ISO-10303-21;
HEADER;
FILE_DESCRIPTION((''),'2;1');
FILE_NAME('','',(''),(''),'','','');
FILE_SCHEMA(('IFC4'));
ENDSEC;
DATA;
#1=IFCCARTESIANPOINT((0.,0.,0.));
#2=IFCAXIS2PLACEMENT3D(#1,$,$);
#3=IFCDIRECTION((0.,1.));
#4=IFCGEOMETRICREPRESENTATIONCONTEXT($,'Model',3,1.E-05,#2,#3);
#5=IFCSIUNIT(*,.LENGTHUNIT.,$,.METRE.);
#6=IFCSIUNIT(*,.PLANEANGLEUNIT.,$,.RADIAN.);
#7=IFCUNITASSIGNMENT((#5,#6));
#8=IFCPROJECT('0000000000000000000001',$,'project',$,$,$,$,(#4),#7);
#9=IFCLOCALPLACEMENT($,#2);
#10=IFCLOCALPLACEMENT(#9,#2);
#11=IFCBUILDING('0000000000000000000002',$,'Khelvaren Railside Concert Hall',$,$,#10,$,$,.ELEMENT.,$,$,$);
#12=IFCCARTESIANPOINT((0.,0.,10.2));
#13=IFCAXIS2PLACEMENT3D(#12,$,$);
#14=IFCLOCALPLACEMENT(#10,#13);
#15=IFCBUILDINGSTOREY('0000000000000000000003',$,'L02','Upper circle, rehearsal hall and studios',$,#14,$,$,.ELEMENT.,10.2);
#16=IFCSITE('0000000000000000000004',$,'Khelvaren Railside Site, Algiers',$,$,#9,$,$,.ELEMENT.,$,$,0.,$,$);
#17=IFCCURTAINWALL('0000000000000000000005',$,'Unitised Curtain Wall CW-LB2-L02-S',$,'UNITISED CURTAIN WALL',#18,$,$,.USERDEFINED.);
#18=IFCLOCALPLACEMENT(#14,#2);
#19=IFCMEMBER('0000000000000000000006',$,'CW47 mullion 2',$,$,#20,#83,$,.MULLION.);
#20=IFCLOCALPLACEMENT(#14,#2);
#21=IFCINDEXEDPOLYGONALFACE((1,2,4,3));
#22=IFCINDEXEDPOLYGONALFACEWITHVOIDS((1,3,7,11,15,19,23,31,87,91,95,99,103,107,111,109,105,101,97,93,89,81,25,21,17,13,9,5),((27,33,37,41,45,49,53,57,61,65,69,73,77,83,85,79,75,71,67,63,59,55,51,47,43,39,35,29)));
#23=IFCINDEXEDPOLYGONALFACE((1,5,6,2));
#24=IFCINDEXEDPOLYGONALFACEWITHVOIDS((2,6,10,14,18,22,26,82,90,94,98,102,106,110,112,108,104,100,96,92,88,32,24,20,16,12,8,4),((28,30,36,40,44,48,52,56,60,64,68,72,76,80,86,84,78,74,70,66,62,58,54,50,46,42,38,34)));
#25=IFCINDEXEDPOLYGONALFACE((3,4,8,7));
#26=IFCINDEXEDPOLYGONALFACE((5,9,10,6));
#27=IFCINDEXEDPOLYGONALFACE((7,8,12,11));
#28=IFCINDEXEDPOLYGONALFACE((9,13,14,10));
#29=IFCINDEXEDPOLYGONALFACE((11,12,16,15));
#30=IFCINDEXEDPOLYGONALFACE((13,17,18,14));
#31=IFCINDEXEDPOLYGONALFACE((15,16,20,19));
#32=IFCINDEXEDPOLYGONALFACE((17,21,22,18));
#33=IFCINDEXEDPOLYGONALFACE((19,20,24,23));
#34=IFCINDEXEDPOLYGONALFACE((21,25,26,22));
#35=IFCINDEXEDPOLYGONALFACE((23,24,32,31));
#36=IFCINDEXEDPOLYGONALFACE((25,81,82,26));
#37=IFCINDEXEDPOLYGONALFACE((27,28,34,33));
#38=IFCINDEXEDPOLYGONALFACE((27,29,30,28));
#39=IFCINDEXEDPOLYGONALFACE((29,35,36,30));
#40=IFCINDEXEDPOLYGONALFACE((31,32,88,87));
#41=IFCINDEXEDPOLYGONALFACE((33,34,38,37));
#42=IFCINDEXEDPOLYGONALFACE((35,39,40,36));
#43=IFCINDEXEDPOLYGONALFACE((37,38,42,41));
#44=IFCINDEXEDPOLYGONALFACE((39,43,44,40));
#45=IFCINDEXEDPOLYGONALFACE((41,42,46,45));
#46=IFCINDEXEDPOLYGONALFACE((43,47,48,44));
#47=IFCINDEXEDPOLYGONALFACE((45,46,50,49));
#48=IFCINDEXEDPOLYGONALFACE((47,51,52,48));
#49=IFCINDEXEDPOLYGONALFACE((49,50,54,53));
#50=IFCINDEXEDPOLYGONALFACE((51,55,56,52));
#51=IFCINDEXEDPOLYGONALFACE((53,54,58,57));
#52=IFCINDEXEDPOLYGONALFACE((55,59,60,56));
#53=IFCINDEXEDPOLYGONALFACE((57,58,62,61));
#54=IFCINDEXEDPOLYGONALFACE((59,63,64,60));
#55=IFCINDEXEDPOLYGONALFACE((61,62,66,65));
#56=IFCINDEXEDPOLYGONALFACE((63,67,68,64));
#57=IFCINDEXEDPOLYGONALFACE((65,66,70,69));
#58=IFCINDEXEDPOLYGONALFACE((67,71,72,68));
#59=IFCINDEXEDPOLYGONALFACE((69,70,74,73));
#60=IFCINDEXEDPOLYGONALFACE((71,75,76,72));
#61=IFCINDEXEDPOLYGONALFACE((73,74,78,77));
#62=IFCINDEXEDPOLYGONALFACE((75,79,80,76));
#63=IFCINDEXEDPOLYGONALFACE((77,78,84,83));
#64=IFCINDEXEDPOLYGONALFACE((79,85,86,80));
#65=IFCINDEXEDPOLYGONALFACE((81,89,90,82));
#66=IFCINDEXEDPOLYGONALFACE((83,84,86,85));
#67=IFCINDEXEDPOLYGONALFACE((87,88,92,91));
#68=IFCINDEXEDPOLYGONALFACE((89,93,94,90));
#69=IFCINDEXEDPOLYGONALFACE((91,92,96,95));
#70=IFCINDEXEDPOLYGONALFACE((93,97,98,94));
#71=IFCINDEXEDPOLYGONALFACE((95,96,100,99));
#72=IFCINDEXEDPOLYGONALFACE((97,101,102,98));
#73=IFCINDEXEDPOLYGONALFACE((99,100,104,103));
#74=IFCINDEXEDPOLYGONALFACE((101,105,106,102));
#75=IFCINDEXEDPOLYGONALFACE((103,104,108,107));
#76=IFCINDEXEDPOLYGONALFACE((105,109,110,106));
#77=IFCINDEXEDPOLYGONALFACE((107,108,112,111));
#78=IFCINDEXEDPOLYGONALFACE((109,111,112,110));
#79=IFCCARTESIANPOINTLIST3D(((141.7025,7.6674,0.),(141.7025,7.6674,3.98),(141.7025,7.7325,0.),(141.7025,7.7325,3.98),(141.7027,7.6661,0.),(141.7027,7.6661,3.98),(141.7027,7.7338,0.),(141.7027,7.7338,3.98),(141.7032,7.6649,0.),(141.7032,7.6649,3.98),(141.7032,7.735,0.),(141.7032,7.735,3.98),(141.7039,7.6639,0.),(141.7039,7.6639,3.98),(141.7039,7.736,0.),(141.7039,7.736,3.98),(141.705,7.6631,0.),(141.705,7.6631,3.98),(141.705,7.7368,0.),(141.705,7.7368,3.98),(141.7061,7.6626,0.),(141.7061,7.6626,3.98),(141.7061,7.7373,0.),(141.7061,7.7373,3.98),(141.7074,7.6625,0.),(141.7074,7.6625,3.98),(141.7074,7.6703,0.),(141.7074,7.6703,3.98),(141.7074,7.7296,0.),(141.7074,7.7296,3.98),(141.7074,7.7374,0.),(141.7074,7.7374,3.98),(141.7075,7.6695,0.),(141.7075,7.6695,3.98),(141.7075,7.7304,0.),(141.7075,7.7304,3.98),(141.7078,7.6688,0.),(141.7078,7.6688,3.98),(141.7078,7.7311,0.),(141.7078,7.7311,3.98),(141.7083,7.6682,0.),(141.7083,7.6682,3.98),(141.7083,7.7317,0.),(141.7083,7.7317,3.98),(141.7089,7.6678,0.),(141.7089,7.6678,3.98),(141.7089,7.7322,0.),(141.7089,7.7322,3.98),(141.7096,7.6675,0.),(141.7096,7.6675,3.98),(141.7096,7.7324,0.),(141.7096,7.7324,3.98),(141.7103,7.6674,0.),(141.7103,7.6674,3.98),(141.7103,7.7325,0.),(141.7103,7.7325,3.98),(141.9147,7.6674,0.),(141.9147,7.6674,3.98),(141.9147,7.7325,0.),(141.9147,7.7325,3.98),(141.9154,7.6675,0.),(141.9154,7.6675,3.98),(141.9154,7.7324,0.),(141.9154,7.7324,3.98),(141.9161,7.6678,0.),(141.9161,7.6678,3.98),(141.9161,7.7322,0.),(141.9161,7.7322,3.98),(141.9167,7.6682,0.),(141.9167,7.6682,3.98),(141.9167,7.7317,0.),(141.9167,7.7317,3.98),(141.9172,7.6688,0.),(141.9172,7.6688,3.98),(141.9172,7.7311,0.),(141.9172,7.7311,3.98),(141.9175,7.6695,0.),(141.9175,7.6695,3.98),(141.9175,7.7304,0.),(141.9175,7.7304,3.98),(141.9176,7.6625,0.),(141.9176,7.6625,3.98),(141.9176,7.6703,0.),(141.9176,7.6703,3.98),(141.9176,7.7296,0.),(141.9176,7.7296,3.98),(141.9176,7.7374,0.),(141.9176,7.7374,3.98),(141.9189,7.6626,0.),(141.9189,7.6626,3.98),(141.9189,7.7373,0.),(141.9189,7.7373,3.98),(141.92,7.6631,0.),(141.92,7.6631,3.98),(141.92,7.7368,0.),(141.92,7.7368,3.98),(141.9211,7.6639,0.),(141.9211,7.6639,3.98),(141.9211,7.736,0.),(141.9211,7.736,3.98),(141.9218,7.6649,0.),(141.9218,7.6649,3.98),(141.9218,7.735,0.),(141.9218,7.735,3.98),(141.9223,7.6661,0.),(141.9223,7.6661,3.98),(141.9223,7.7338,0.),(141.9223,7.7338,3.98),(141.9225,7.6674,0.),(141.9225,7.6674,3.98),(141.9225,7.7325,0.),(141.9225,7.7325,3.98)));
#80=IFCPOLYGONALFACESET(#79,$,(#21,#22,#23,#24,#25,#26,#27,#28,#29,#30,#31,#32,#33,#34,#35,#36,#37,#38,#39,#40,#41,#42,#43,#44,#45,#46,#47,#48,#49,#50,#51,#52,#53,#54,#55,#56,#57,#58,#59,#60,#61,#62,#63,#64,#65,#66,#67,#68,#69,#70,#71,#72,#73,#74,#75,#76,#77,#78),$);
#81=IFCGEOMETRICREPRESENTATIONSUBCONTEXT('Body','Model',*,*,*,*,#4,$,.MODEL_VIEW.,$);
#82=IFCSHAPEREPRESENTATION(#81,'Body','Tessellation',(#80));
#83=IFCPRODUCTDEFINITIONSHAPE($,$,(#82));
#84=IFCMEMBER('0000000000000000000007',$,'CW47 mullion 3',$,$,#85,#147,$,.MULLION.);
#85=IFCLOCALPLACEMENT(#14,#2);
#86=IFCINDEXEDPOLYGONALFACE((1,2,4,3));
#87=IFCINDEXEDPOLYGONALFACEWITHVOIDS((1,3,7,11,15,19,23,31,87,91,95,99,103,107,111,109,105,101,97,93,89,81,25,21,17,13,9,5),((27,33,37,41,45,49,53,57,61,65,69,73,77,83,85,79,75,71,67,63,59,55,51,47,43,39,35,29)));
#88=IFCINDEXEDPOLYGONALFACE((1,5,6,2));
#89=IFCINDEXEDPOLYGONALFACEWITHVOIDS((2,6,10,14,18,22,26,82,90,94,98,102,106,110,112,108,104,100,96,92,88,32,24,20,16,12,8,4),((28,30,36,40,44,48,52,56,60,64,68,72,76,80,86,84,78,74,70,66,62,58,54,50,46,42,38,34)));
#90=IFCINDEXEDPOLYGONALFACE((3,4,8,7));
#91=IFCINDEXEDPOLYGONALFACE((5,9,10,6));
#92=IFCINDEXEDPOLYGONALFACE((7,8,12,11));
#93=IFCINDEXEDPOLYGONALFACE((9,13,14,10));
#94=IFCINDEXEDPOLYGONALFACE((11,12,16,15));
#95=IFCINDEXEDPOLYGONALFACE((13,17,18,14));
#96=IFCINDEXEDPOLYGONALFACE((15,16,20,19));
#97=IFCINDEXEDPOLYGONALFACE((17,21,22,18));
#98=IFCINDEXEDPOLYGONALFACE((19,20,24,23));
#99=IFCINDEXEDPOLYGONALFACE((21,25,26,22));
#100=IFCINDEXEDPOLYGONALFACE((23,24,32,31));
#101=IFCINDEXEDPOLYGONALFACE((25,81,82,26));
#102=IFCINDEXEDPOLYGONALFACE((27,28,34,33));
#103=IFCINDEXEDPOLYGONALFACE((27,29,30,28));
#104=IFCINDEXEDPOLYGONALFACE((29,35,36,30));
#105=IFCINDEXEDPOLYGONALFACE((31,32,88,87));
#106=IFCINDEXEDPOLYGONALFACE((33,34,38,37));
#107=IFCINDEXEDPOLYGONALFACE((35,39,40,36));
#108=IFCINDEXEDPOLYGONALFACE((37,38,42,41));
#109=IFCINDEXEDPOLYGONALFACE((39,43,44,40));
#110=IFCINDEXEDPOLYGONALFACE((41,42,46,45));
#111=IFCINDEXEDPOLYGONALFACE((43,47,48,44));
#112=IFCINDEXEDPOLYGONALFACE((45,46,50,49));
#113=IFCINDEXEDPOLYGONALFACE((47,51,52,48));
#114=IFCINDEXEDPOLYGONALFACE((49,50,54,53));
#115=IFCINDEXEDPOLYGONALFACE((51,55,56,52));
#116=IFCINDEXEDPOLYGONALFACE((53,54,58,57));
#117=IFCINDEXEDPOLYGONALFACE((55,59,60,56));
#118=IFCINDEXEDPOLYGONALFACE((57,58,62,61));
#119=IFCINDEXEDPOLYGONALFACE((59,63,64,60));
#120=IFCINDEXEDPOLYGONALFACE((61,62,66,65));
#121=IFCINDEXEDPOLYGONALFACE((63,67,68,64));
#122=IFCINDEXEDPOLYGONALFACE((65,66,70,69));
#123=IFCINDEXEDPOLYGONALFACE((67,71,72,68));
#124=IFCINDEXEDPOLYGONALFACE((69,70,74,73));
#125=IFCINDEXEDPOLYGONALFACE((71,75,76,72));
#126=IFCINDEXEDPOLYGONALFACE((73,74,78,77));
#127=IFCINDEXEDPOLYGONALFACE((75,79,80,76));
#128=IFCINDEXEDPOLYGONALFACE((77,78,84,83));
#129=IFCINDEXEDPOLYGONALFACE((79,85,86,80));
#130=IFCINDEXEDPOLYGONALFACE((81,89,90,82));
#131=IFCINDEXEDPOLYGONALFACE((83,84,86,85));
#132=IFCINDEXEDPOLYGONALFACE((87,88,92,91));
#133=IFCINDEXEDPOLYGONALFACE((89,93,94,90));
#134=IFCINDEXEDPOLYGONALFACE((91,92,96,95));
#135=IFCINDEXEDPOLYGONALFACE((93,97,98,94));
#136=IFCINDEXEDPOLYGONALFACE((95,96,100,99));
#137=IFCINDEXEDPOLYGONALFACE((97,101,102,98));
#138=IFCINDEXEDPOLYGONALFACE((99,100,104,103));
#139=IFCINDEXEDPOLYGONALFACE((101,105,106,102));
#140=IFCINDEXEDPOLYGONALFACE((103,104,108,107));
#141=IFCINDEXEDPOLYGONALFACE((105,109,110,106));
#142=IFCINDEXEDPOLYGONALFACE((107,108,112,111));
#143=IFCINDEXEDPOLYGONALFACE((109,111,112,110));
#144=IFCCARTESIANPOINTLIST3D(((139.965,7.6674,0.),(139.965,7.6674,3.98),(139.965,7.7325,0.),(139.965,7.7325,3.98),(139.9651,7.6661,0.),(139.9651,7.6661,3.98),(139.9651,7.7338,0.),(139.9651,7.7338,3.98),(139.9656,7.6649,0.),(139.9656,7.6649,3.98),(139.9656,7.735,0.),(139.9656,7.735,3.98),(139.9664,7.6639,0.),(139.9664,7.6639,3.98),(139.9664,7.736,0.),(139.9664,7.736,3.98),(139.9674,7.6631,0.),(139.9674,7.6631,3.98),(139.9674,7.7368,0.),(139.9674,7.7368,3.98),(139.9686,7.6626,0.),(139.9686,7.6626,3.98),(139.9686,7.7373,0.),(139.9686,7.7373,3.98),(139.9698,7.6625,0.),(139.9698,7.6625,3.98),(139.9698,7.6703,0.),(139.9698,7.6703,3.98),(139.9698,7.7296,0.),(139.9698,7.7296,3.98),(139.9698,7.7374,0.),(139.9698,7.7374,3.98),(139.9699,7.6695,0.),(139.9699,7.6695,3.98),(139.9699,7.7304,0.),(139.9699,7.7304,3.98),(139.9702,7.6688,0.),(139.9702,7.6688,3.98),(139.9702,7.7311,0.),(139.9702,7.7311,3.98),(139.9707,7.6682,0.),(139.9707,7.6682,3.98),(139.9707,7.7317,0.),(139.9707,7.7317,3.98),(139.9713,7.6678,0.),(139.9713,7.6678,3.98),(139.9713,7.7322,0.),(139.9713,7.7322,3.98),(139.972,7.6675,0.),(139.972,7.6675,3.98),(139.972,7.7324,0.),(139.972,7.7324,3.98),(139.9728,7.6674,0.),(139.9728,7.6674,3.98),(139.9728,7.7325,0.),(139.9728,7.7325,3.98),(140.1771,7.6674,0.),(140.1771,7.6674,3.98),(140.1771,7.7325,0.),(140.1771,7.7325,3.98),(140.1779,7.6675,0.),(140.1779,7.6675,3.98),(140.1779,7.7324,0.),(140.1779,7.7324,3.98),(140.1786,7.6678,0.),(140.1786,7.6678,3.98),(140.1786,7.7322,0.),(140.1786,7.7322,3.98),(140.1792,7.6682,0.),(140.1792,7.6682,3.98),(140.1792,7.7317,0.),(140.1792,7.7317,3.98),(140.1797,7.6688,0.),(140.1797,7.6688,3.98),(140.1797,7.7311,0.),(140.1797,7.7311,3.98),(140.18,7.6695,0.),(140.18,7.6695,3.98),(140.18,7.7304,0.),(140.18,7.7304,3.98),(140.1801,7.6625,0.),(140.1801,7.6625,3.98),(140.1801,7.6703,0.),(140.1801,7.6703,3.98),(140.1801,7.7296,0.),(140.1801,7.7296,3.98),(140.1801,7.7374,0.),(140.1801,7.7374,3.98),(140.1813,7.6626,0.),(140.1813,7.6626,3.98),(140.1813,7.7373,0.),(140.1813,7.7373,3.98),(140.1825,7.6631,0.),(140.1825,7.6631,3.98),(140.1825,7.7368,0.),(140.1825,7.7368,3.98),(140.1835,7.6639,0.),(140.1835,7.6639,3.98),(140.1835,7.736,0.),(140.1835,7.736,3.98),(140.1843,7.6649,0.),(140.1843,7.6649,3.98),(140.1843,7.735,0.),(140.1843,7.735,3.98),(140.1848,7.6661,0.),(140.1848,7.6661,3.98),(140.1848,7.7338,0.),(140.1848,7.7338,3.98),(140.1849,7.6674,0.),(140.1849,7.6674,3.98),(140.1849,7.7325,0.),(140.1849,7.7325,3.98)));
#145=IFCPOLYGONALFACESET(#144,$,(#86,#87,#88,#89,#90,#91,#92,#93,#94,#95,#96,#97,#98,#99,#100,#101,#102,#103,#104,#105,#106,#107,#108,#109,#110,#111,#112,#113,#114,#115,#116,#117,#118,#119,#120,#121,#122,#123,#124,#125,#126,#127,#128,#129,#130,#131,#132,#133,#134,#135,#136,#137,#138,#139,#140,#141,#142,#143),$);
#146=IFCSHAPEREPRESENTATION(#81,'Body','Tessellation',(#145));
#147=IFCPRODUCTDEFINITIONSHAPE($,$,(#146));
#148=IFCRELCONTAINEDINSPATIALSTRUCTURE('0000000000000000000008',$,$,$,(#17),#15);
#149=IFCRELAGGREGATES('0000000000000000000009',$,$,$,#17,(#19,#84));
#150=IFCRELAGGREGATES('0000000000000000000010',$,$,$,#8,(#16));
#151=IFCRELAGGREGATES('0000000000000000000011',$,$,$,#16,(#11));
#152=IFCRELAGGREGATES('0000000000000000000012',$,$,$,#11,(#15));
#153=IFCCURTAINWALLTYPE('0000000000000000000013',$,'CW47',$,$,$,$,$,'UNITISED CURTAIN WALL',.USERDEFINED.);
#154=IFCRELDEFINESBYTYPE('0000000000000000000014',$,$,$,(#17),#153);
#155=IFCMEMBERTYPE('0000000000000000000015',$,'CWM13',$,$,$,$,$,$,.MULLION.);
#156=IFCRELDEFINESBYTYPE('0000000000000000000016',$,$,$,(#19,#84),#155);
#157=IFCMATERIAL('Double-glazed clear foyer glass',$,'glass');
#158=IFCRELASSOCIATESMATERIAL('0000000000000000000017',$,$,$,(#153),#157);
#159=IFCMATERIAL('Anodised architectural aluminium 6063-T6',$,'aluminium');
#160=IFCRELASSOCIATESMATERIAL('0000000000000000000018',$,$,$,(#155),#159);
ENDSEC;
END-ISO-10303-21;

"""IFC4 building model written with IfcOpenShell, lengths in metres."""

from ifc_helpers import new_model, si_unit, direction, frame, origin, origin_2d, place, context, subcontext, project, spatial, hollow_rectangle, extrude, material, material_profile, profile_set, type_object, element, aggregate, save


model = new_model("IFC4")

# Units and contexts
model_context = context("Model", 3, precision=1e-05, world=origin(), true_north=direction((0.0, 1.0)))
body_context = subcontext(model_context, "Body", "Model", "MODEL_VIEW")
ifc_project = project(units=[si_unit("LENGTHUNIT", "METRE"), si_unit("PLANEANGLEUNIT", "RADIAN")], contexts=[model_context])

# Site, building, storey
site_placement = place(None, origin())
site = spatial("IfcSite", under=ifc_project, at=site_placement, Name="Khelvaren Railside Site, Algiers", CompositionType="ELEMENT", RefElevation=0.0)
building_placement = place(site_placement, origin())
building = spatial("IfcBuilding", under=site, at=building_placement, Name="Khelvaren Railside Concert Hall", CompositionType="ELEMENT")
storey_placement = place(building_placement, frame((0.0, 0.0, 10.2)))
storey = spatial("IfcBuildingStorey", under=building, at=storey_placement, Name="L02", Description="Upper circle, rehearsal hall and studios", CompositionType="ELEMENT", Elevation=10.2)

# Curtain wall, members
ifc_material_1 = material(Name="Double-glazed clear foyer glass", Category="glass")
curtain_wall_type = type_object("IfcCurtainWallType", Name="CW47", ElementType="UNITISED CURTAIN WALL", PredefinedType="USERDEFINED", material=ifc_material_1)
curtain_wall_1_placement = place(storey_placement, origin())
curtain_wall_1 = element("IfcCurtainWall", 1, at=curtain_wall_1_placement, inside=storey, type_object=curtain_wall_type, Name="Unitised Curtain Wall CW-LB2-L02-S", ObjectType="UNITISED CURTAIN WALL", PredefinedType="USERDEFINED")
ifc_material_2 = material(Name="Anodised architectural aluminium 6063-T6", Category="aluminium")
ifc_material_profile_1 = material_profile(ifc_material_2, hollow_rectangle(XDim=0.075, YDim=0.22, WallThickness=0.0049, InnerFilletRadius=0.0029, OuterFilletRadius=0.0049, at=origin_2d()), Name="CWM 75x220x5")
ifc_profile_set_1 = profile_set([ifc_material_profile_1], Name="Anodised architectural aluminium 6063-T6")
member_type_1 = type_object("IfcMemberType", Name="CWM13", PredefinedType="MULLION", material=ifc_profile_set_1)
member_1_placement = place(storey_placement, frame((141.8125, 7.7, 0.0), z_axis=(0.0, 0.0, 1.0), x_axis=(0.0, -1.0, 0.0)))
member_1 = element("IfcMember", 2, at=member_1_placement, type_object=member_type_1, Name="CW47 mullion 2", PredefinedType="MULLION", context=body_context, shape_type="SweptSolid", body=[
    extrude(hollow_rectangle(XDim=0.075, YDim=0.22, WallThickness=0.0049, InnerFilletRadius=0.0029, OuterFilletRadius=0.0049, at=origin_2d()), origin(), (0.0, 0.0, 1.0), 3.98),
])
member_2_placement = place(storey_placement, frame((140.075, 7.7, 0.0), z_axis=(0.0, 0.0, 1.0), x_axis=(0.0, -1.0, 0.0)))
member_2 = element("IfcMember", 3, at=member_2_placement, type_object=member_type_1, Name="CW47 mullion 3", PredefinedType="MULLION", context=body_context, shape_type="SweptSolid", body=[
    extrude(hollow_rectangle(XDim=0.075, YDim=0.22, WallThickness=0.0049, InnerFilletRadius=0.0029, OuterFilletRadius=0.0049, at=origin_2d()), origin(), (0.0, 0.0, 1.0), 3.98),
])

aggregate(curtain_wall_1, [member_1, member_2])

save(model, "model.ifc")
